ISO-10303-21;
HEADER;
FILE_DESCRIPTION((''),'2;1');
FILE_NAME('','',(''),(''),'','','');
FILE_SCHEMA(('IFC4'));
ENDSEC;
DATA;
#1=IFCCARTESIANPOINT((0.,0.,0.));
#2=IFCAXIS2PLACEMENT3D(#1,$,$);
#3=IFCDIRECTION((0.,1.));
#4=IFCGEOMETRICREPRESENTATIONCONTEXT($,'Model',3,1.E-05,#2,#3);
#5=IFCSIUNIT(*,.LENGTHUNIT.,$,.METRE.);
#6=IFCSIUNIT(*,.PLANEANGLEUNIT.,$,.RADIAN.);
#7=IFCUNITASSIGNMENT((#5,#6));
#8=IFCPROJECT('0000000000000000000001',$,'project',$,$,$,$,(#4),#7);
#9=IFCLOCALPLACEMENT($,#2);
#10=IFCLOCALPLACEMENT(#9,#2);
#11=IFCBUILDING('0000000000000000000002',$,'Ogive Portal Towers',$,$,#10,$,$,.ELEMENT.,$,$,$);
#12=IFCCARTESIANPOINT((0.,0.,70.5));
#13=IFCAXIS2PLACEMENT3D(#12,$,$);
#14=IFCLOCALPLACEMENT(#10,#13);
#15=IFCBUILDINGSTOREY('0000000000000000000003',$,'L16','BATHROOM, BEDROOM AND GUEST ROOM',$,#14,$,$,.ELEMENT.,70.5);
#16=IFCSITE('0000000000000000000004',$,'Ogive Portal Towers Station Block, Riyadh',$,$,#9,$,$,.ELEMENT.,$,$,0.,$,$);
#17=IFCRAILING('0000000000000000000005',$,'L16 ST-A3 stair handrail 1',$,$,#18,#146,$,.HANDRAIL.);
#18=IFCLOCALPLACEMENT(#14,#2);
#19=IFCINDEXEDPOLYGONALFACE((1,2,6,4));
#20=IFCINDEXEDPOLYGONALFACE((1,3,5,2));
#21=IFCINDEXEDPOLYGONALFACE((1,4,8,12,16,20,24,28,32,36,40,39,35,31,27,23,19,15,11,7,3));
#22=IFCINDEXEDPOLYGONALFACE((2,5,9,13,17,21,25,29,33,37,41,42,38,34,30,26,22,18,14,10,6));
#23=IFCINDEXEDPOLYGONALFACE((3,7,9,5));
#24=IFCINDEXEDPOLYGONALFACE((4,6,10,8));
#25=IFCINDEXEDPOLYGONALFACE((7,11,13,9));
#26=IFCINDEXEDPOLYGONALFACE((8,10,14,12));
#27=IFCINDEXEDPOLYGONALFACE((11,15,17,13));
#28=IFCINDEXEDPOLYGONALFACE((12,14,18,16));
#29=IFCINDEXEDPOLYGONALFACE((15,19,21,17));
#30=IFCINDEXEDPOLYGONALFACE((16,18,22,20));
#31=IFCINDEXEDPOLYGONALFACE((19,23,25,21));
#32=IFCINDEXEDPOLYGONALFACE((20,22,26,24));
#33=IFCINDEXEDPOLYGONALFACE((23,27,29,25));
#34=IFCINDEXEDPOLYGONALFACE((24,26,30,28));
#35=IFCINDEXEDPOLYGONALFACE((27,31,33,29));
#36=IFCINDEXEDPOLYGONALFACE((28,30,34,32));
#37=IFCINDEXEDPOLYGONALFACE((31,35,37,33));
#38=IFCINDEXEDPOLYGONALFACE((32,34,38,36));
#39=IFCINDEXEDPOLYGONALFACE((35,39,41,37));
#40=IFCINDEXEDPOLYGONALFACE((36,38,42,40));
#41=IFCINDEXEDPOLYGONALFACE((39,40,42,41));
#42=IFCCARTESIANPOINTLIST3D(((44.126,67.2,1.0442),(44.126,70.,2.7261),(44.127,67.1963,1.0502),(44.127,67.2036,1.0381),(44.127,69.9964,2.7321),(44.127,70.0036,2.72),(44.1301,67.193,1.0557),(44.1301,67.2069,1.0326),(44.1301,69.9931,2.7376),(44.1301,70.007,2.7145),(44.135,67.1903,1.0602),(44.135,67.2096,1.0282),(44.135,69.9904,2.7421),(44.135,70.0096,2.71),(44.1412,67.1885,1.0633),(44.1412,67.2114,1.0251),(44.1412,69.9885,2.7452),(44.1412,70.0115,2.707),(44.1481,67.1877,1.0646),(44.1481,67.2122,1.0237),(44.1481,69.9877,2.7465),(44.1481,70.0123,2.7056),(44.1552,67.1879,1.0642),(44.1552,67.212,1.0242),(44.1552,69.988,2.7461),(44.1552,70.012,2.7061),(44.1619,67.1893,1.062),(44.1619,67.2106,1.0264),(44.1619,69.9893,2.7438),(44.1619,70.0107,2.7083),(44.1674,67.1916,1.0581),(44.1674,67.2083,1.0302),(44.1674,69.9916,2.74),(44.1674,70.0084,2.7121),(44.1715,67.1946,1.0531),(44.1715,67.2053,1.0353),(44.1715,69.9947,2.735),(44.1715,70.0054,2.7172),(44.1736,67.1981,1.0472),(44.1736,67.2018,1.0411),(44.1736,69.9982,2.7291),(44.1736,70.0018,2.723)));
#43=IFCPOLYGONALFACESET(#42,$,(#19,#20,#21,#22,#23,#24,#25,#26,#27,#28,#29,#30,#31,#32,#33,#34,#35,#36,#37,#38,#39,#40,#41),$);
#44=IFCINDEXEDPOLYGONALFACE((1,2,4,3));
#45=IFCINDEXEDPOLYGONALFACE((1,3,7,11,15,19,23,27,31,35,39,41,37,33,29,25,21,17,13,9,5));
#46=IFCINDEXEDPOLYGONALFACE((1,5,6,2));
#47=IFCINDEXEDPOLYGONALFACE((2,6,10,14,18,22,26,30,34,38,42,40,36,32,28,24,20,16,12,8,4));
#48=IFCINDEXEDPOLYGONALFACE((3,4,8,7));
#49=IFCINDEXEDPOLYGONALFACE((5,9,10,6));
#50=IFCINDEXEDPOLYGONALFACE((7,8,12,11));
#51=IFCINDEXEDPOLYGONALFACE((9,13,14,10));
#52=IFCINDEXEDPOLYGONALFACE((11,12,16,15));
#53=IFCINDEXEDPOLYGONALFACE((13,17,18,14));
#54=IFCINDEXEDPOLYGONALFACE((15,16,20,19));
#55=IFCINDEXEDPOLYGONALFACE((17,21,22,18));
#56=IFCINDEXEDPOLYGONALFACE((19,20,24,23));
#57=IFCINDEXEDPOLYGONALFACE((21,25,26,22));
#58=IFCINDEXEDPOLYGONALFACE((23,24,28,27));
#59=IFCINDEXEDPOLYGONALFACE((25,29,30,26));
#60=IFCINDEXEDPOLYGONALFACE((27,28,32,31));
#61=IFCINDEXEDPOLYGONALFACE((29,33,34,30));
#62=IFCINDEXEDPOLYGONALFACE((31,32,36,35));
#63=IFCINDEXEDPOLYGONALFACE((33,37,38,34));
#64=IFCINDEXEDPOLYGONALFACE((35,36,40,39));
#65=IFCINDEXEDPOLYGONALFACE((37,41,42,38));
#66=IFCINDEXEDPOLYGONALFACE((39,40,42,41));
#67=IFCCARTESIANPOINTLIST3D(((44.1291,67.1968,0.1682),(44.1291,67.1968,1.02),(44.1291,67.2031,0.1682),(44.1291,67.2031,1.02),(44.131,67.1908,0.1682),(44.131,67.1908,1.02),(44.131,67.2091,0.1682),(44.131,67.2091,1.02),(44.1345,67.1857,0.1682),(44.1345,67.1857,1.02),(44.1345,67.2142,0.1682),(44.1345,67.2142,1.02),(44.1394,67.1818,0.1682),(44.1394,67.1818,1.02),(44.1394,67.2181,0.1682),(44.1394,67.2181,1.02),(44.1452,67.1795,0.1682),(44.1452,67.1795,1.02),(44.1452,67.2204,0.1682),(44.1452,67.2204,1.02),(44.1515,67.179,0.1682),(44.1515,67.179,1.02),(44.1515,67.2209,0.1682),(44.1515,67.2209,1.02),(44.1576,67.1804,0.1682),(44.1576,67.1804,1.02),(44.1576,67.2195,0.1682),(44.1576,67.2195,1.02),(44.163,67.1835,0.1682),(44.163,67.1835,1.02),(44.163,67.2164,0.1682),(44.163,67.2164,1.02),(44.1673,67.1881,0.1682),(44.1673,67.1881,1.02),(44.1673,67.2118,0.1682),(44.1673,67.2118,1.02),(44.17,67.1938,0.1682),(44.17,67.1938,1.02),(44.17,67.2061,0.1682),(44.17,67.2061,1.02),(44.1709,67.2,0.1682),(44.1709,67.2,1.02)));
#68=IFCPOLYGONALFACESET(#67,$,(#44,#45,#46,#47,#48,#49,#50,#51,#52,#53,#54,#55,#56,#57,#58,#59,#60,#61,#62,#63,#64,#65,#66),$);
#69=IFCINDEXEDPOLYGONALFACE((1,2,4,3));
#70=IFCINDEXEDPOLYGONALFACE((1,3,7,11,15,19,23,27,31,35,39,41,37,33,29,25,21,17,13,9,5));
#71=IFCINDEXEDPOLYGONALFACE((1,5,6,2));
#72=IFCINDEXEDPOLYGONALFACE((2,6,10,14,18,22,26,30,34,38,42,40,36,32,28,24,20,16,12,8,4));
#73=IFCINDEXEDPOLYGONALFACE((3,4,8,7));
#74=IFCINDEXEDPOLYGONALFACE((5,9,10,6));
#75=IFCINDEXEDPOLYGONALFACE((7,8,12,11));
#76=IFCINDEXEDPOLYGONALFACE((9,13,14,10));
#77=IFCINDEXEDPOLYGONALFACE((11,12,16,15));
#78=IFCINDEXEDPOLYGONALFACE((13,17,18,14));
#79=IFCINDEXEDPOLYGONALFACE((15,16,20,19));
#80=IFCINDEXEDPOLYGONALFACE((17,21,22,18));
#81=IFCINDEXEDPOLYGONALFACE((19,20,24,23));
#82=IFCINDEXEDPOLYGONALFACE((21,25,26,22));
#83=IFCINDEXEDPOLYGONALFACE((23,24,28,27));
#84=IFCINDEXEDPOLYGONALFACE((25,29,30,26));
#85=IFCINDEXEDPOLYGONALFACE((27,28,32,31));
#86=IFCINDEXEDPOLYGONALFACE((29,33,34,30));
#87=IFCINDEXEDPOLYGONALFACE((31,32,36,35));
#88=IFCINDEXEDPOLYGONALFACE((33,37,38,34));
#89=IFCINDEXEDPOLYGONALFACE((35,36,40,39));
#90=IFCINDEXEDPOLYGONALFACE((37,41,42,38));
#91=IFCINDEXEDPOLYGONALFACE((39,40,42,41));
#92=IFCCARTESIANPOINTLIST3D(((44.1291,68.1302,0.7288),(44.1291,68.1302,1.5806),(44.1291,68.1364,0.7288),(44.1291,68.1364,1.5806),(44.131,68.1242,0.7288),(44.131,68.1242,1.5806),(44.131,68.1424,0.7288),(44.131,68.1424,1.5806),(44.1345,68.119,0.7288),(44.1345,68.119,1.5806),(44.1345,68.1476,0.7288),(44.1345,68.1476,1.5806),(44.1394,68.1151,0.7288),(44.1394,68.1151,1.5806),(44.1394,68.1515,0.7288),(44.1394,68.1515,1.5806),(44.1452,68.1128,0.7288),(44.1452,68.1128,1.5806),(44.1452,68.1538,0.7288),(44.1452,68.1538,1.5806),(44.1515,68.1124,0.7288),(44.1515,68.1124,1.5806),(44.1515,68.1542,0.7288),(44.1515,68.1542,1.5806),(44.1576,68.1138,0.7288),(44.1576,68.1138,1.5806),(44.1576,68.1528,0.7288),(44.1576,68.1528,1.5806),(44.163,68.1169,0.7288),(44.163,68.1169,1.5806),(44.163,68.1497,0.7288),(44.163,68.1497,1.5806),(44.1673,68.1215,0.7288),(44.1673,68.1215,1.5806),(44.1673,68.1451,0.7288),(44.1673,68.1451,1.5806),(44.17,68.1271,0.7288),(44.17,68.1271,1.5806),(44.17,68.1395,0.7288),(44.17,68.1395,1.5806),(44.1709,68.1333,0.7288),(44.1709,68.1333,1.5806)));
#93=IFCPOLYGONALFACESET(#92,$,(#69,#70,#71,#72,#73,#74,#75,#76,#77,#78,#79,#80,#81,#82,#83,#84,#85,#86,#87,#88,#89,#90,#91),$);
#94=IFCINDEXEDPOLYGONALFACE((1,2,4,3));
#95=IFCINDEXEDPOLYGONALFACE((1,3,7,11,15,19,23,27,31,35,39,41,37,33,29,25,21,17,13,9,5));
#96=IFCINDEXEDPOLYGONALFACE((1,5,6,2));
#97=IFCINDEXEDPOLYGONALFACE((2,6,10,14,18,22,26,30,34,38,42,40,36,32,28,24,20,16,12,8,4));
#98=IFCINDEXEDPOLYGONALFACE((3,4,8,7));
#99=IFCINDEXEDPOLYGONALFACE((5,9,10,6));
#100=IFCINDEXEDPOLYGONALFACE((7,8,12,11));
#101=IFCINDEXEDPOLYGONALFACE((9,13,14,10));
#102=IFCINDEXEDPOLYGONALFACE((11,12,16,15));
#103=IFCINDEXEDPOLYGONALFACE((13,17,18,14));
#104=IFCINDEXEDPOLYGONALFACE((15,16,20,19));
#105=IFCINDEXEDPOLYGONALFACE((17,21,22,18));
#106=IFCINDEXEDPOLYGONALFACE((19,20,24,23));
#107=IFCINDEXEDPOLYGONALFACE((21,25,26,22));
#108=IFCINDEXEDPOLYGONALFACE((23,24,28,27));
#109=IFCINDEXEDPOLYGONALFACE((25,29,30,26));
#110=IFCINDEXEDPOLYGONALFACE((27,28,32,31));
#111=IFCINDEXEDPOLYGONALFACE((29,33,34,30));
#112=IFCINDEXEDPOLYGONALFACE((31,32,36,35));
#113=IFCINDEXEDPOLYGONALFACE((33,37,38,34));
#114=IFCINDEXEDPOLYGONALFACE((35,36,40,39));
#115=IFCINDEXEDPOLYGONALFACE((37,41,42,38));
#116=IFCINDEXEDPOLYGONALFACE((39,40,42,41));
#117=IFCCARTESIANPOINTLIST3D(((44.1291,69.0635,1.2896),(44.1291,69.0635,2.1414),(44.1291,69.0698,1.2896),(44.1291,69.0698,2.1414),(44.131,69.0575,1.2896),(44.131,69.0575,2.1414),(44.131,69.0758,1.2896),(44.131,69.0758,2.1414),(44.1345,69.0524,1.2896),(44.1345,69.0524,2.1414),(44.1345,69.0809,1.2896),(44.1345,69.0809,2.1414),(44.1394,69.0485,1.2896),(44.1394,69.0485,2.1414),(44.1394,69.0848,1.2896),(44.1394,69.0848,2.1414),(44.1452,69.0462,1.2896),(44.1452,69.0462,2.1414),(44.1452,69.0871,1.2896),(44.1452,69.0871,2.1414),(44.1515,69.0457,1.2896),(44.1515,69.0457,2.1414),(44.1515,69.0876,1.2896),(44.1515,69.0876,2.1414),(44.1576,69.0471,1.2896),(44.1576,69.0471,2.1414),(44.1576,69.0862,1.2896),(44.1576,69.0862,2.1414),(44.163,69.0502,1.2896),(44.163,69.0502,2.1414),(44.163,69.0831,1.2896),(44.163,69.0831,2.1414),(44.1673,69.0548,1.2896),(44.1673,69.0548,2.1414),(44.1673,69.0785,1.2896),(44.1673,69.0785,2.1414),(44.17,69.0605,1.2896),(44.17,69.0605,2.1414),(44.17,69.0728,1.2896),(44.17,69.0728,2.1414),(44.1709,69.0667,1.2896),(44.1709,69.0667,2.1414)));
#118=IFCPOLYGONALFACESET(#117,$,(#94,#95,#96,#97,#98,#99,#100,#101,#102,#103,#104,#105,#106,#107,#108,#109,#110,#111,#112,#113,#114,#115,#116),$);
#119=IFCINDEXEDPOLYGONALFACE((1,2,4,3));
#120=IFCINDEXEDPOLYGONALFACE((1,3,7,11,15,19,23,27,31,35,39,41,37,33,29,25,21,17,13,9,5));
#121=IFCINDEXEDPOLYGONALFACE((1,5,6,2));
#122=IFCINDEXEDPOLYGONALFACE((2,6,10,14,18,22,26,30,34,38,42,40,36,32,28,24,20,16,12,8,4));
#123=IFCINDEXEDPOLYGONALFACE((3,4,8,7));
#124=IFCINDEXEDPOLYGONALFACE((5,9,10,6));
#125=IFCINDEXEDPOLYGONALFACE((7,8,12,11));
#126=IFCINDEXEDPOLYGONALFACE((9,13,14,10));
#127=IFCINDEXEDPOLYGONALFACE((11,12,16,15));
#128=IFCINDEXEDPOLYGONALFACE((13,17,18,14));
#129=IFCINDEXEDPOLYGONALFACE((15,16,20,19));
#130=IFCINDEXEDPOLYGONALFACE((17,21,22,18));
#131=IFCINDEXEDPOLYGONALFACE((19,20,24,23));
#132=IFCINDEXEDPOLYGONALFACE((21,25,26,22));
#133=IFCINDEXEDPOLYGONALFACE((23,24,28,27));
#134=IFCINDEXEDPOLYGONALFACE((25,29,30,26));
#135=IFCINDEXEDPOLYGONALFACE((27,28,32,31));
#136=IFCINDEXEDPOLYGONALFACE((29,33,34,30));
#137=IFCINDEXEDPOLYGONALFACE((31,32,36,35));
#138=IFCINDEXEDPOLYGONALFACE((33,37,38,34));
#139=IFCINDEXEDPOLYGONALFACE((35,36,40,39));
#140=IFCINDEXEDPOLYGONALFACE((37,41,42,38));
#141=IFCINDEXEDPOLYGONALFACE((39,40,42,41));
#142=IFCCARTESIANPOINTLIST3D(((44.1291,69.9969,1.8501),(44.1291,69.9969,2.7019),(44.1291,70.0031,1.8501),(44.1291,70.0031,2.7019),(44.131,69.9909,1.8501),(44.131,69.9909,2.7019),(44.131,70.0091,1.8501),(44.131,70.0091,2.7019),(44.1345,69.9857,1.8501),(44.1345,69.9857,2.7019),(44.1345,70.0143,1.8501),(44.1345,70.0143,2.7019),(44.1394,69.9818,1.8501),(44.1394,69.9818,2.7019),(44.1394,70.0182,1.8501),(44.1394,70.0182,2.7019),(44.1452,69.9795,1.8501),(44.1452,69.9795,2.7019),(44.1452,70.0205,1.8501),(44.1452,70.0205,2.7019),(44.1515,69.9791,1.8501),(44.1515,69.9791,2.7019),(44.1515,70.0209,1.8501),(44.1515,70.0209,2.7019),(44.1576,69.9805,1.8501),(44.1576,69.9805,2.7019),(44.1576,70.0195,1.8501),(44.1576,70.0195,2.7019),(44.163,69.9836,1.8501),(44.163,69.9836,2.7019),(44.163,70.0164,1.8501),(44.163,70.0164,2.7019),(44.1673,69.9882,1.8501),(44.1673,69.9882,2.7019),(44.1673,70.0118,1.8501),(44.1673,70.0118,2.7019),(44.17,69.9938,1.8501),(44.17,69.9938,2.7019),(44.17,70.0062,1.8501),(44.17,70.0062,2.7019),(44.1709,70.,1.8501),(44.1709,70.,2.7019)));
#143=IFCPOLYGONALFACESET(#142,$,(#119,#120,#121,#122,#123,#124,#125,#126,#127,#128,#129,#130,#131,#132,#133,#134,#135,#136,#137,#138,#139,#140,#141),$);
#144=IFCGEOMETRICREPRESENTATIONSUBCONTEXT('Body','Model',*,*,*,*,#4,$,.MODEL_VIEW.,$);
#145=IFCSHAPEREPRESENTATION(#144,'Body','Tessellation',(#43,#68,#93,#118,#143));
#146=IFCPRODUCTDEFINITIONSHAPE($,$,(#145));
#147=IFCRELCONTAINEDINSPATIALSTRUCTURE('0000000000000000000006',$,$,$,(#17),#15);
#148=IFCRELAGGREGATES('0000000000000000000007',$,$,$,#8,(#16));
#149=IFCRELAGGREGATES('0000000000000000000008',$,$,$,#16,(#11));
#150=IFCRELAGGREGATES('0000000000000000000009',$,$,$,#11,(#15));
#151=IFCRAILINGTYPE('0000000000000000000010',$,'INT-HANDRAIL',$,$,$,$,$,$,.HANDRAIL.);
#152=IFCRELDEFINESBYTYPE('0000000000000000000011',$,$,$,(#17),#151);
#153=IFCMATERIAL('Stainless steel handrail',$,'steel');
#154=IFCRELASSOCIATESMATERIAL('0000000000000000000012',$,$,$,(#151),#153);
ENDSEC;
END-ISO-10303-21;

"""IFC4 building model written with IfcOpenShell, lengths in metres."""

from ifc_helpers import new_model, si_unit, direction, frame, origin, origin_2d, place, context, subcontext, project, spatial, circle, extrude, material, type_object, element, save


model = new_model("IFC4")

# Units and contexts
model_context = context("Model", 3, precision=1e-05, world=origin(), true_north=direction((0.0, 1.0)))
body_context = subcontext(model_context, "Body", "Model", "MODEL_VIEW")
ifc_project = project(units=[si_unit("LENGTHUNIT", "METRE"), si_unit("PLANEANGLEUNIT", "RADIAN")], contexts=[model_context])

# Site, building, storey
site_placement = place(None, origin())
site = spatial("IfcSite", under=ifc_project, at=site_placement, Name="Ogive Portal Towers Station Block, Riyadh", CompositionType="ELEMENT", RefElevation=0.0)
building_placement = place(site_placement, origin())
building = spatial("IfcBuilding", under=site, at=building_placement, Name="Ogive Portal Towers", CompositionType="ELEMENT")
storey_placement = place(building_placement, frame((0.0, 0.0, 70.5)))
storey = spatial("IfcBuildingStorey", under=building, at=storey_placement, Name="L16", Description="BATHROOM, BEDROOM AND GUEST ROOM", CompositionType="ELEMENT", Elevation=70.5)

# Railing
ifc_material_1 = material(Name="Stainless steel handrail", Category="steel")
railing_type_1 = type_object("IfcRailingType", Name="INT-HANDRAIL", PredefinedType="HANDRAIL", material=ifc_material_1)
railing_1_placement = place(storey_placement, frame((44.1499, 67.2, 0.1682)))
element("IfcRailing", 1, at=railing_1_placement, inside=storey, type_object=railing_type_1, Name="L16 ST-A3 stair handrail 1", PredefinedType="HANDRAIL", context=body_context, shape_type="SweptSolid", body=[
    extrude(circle(Radius=0.0239, at=origin_2d()), frame((0.0, 0.0, 0.876), z_axis=(0.0, 0.857242, 0.514913), x_axis=(-1.0, 0.0, 0.0)), (0.0, 0.0, 1.0), 3.2664),
    extrude(circle(Radius=0.021, at=origin_2d()), origin(), (0.0, 0.0, 1.0), 0.8518),
    extrude(circle(Radius=0.021, at=origin_2d()), frame((0.0, 0.9333, 0.5605)), (0.0, 0.0, 1.0), 0.8518),
    extrude(circle(Radius=0.021, at=origin_2d()), frame((0.0, 1.8667, 1.1213)), (0.0, 0.0, 1.0), 0.8518),
    extrude(circle(Radius=0.021, at=origin_2d()), frame((0.0, 2.8, 1.6819)), (0.0, 0.0, 1.0), 0.8518),
])

save(model, "model.ifc")
